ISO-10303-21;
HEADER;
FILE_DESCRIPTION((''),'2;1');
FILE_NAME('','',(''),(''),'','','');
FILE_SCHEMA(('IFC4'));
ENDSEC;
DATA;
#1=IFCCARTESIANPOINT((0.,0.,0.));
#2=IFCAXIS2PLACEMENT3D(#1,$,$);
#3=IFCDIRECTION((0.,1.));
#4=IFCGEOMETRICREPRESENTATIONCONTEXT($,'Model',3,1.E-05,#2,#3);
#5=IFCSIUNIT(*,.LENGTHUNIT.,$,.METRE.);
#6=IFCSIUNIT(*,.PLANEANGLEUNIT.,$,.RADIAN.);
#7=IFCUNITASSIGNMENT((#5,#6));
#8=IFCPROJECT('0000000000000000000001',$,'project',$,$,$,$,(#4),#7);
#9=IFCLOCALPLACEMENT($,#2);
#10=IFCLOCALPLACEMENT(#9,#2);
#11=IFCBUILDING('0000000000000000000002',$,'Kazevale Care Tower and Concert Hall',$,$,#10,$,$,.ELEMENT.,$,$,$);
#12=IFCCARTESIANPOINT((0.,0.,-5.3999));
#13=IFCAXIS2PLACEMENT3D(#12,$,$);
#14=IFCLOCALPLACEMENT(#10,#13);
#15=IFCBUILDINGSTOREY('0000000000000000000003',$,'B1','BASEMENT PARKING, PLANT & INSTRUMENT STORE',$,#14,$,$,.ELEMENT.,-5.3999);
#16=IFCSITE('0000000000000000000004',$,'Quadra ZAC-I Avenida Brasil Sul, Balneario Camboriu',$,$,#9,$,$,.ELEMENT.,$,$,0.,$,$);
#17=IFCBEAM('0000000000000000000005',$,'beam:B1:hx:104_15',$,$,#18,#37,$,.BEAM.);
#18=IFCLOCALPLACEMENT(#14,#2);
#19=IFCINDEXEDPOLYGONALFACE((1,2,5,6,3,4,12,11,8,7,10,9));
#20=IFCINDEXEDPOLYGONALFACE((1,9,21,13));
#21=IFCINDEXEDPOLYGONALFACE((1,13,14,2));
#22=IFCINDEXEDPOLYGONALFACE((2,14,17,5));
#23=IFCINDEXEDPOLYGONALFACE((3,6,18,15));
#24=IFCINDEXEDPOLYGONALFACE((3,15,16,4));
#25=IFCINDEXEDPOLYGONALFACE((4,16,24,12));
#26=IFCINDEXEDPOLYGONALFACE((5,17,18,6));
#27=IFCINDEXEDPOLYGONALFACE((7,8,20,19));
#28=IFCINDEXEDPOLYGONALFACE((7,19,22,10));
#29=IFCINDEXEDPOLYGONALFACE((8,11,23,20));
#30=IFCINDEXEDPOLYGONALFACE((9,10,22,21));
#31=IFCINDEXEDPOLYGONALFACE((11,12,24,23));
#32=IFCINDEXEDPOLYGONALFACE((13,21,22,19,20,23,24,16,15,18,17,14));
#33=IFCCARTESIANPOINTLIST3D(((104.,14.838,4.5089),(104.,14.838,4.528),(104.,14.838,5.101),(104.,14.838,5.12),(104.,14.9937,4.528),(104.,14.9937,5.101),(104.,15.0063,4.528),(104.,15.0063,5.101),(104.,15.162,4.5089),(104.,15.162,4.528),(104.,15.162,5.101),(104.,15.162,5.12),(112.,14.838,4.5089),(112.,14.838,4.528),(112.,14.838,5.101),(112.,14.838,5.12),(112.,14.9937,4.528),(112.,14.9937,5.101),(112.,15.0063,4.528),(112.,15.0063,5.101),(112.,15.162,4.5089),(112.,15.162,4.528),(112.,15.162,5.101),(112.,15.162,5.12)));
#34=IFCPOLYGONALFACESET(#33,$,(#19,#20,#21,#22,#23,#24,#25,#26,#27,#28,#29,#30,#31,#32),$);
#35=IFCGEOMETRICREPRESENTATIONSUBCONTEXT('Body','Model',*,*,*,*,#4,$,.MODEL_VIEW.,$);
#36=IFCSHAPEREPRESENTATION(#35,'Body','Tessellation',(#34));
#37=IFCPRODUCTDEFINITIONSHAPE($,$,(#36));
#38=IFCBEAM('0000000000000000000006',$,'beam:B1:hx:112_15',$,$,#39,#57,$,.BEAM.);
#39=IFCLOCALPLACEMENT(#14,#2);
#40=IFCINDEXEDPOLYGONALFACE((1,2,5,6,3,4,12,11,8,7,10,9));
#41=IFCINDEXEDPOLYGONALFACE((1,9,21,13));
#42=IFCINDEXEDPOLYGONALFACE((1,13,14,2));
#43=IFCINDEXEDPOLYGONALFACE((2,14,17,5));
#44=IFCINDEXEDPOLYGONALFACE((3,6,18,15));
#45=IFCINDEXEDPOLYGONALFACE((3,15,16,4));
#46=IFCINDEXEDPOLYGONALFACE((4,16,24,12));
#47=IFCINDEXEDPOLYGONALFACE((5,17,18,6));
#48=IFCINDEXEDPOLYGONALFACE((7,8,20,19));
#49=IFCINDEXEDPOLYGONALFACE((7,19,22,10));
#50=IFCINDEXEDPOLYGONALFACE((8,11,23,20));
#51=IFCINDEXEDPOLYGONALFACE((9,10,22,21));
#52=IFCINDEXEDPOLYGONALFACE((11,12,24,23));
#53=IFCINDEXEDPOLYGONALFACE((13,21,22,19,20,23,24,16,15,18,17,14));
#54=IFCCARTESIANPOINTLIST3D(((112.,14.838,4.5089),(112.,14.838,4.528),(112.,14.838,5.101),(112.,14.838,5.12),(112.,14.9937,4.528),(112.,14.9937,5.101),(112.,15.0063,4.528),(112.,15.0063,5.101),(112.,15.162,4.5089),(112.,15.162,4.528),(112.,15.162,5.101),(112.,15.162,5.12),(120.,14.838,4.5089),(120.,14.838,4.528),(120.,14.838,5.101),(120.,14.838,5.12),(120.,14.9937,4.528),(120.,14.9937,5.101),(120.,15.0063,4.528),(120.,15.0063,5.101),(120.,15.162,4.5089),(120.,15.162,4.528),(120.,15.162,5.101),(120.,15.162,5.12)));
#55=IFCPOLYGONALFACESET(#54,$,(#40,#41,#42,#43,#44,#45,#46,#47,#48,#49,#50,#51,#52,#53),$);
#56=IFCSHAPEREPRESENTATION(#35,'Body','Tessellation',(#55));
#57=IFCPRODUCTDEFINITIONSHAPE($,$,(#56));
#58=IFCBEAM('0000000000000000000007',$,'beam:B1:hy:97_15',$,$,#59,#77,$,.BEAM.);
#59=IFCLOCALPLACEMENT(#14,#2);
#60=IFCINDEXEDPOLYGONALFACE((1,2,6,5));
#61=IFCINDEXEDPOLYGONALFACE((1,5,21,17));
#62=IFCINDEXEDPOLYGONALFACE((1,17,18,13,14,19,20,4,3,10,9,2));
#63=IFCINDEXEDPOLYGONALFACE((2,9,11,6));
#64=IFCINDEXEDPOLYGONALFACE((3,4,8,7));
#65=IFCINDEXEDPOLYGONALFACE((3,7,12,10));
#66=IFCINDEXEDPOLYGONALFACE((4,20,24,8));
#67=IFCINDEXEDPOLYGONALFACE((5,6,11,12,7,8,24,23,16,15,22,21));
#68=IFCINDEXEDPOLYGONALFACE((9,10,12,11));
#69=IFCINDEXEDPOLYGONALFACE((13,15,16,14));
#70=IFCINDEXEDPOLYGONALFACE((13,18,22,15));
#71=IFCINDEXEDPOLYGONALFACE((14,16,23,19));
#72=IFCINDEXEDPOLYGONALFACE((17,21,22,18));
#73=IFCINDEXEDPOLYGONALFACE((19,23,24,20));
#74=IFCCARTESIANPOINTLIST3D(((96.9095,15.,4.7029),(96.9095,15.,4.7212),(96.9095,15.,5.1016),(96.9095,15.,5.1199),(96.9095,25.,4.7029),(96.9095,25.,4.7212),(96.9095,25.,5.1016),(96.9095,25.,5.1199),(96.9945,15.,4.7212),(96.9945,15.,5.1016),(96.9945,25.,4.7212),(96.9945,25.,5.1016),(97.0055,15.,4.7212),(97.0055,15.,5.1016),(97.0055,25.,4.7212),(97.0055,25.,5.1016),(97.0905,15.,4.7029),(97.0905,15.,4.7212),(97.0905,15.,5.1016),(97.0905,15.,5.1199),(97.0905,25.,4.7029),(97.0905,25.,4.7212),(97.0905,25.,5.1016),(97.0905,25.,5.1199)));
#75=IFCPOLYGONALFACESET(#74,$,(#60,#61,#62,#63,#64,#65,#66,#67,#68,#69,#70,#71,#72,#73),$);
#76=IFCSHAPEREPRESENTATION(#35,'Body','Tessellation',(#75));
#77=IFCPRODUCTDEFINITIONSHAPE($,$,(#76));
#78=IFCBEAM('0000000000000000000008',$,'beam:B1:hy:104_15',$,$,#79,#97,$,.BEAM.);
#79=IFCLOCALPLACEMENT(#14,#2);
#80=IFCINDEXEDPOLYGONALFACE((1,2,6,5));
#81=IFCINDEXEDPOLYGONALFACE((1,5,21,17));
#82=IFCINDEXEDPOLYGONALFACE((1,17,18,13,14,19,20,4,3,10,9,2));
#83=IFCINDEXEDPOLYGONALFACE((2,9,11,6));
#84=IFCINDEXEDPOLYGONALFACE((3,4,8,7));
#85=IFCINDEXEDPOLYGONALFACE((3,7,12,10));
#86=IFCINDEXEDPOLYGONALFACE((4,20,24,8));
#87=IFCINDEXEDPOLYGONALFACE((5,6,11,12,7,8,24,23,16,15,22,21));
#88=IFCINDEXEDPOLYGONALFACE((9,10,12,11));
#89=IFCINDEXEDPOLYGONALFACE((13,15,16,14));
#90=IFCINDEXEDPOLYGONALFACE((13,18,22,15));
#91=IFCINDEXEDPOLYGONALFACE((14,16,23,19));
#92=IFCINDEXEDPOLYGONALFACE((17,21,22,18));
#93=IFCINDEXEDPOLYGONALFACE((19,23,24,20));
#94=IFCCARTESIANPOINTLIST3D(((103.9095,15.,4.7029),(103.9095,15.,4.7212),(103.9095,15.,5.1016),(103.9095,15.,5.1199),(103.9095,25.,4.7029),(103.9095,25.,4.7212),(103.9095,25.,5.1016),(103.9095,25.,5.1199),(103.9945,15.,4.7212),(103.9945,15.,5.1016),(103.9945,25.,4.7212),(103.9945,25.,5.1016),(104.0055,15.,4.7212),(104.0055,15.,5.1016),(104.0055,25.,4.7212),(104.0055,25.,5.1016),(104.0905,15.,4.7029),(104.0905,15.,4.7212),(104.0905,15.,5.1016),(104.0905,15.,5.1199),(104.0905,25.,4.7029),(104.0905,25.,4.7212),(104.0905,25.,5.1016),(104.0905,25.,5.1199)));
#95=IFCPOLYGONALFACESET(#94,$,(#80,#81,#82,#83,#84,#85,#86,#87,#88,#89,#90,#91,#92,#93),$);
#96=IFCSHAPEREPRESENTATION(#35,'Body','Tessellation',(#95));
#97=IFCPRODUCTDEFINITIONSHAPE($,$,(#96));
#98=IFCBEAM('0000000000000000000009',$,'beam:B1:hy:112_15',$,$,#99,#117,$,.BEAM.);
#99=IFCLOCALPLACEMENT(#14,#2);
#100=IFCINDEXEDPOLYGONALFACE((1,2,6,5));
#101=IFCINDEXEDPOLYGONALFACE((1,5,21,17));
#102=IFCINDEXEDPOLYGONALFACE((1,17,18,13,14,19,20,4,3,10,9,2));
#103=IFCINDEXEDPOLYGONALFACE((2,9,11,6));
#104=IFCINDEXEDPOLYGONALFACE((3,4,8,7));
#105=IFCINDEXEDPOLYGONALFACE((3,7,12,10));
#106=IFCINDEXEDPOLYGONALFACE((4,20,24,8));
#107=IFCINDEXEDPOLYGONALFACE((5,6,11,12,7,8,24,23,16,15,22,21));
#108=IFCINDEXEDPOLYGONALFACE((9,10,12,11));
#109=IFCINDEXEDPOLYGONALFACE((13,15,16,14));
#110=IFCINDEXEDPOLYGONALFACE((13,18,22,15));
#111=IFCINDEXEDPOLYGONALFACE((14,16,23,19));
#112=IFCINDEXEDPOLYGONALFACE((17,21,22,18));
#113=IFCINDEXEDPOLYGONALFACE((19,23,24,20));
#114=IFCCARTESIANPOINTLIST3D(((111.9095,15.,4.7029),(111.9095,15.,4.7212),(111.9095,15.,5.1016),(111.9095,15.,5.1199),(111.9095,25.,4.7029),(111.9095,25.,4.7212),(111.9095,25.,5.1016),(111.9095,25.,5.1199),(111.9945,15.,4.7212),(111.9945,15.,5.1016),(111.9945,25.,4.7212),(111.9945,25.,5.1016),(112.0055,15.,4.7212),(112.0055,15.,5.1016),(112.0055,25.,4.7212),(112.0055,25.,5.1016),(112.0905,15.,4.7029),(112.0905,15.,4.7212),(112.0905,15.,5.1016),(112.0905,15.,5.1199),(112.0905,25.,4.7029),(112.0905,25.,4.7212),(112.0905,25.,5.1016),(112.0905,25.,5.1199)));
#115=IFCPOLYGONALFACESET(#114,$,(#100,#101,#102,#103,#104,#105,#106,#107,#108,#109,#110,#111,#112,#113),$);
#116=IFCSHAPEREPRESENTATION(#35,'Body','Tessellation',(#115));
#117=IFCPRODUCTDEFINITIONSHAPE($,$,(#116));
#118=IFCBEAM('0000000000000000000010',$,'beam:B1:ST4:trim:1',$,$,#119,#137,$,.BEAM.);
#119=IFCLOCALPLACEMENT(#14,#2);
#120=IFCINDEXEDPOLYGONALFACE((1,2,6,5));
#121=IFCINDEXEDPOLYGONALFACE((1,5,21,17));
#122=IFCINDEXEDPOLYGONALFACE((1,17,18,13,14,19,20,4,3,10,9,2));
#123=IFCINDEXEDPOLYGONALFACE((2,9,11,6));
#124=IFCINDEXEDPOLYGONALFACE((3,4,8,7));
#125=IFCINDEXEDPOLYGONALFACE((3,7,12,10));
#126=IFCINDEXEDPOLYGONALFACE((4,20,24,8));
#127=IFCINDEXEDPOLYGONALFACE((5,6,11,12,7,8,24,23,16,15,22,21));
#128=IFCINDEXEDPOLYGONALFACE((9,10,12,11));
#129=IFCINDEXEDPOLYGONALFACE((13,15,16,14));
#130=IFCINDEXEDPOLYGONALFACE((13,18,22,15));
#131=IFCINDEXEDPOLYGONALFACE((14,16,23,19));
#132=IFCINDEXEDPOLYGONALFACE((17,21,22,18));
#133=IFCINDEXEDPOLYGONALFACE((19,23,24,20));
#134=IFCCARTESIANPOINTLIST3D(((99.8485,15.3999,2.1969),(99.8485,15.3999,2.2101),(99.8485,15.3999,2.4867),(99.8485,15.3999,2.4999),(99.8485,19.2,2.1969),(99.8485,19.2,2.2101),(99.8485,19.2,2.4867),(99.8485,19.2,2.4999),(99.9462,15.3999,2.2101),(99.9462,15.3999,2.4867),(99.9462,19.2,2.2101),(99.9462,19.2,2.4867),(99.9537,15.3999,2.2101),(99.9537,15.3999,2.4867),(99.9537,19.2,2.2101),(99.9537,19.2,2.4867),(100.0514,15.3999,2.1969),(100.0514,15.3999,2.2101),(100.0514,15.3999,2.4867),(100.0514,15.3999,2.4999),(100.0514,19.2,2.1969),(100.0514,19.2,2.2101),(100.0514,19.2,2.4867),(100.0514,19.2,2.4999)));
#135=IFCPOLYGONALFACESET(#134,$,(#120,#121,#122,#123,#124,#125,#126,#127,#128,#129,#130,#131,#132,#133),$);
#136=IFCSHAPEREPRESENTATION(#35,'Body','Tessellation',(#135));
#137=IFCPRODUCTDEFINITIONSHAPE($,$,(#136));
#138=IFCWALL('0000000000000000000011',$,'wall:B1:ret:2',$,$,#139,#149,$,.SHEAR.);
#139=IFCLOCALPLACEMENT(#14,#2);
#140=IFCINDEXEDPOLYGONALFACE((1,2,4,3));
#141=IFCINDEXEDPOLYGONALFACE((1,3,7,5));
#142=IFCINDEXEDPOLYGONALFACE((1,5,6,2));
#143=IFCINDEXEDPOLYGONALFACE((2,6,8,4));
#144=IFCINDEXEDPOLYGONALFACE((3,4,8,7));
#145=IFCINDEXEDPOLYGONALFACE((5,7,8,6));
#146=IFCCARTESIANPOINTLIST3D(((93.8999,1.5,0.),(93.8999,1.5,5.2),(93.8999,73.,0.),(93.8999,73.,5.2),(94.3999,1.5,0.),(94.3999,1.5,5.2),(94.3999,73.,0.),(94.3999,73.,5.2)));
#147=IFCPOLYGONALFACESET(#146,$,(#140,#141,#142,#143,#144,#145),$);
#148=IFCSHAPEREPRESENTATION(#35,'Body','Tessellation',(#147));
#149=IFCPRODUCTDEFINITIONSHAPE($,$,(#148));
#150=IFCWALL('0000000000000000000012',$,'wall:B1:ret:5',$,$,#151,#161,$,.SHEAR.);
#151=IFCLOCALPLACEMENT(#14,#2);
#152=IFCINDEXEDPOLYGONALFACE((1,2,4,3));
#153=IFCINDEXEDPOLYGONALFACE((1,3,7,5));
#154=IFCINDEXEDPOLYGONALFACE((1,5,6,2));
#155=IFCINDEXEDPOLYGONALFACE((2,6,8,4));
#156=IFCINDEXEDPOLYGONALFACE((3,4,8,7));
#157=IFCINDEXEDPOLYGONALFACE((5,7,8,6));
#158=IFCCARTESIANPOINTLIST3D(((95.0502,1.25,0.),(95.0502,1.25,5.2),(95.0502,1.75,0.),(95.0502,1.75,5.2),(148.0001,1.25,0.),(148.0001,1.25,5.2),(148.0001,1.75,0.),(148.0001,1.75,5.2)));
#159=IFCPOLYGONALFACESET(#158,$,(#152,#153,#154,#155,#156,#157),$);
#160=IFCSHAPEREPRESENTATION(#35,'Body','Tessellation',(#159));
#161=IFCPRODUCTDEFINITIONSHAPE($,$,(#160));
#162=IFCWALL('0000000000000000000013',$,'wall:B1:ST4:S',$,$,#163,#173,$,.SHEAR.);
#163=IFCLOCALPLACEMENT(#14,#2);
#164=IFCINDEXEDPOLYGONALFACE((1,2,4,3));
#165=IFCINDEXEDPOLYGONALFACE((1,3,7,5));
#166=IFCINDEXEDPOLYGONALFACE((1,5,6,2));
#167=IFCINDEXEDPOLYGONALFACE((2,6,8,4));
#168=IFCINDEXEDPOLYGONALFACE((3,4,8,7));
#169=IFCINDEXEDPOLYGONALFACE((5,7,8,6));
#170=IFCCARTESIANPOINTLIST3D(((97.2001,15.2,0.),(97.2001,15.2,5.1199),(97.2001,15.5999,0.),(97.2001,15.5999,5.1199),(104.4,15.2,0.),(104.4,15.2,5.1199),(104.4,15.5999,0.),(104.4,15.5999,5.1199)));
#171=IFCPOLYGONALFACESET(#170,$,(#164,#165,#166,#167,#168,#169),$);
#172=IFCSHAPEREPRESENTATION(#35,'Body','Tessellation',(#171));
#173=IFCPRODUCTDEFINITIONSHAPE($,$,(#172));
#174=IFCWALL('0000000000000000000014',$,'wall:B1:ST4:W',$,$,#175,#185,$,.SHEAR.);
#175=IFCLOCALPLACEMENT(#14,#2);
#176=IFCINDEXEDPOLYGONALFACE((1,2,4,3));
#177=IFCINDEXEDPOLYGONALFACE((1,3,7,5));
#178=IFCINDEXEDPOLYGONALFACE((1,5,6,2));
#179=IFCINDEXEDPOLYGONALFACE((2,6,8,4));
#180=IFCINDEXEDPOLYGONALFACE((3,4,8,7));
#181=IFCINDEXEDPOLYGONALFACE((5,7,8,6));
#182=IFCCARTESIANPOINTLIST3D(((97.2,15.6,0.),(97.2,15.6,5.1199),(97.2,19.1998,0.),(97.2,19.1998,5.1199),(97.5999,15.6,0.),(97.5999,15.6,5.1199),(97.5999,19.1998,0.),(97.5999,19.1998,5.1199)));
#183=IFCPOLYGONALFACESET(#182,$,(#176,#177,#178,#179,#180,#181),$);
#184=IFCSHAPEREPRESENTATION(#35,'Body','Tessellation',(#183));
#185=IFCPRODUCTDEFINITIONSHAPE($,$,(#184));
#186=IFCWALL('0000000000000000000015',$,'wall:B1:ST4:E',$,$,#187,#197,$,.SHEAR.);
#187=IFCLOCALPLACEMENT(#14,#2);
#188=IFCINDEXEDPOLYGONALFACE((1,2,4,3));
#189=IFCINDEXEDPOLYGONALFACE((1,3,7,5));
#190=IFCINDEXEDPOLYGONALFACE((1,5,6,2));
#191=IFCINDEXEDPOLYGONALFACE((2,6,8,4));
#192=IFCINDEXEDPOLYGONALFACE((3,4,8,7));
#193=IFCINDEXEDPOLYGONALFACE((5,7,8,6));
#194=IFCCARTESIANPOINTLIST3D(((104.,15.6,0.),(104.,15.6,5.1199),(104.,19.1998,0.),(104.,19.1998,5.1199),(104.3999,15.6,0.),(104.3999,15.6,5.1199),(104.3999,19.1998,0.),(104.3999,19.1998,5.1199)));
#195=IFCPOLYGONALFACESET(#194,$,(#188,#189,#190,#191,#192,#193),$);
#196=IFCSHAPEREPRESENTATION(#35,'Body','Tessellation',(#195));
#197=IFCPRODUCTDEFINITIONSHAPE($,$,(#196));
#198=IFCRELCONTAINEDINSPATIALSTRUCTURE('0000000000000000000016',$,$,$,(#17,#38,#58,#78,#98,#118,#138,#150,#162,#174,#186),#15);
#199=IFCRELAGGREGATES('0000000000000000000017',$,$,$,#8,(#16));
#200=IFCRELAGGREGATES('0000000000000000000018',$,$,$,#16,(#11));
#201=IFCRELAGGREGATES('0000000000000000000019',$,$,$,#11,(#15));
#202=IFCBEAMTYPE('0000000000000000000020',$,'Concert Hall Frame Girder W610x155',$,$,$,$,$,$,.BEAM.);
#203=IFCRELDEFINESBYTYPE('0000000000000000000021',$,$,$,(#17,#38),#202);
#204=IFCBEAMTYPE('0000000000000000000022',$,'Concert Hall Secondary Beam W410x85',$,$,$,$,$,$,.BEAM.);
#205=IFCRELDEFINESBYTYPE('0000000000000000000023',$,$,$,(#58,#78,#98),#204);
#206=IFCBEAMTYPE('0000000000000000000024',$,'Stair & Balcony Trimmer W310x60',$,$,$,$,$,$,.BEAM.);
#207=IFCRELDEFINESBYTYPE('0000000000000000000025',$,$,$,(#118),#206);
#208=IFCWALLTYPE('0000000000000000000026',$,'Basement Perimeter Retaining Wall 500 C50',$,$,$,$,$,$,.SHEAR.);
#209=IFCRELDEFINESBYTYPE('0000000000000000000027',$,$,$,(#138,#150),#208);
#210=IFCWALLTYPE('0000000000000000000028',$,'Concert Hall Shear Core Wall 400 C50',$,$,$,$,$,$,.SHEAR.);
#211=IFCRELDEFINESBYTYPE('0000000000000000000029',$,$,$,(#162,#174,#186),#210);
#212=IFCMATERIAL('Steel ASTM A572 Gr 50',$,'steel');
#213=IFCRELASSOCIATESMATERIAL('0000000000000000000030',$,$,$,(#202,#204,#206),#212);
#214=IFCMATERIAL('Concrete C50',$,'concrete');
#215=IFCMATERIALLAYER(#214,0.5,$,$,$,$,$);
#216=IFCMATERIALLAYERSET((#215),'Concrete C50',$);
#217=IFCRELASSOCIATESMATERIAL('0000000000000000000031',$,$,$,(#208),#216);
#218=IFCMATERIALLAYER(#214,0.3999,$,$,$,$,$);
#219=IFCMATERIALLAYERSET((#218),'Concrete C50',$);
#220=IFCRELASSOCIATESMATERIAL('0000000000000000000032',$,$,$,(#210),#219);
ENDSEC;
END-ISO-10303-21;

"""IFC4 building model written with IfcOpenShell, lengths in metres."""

from ifc_helpers import new_model, si_unit, direction, frame, frame_2d, origin, origin_2d, place, context, subcontext, project, spatial, rectangle, i_section, extrude, material, layer, layer_set, material_profile, profile_set, type_object, element, save


model = new_model("IFC4")

# Units and contexts
model_context = context("Model", 3, precision=1e-05, world=origin(), true_north=direction((0.0, 1.0)))
body_context = subcontext(model_context, "Body", "Model", "MODEL_VIEW")
ifc_project = project(units=[si_unit("LENGTHUNIT", "METRE"), si_unit("PLANEANGLEUNIT", "RADIAN")], contexts=[model_context])

# Site, building, storey
site_placement = place(None, origin())
site = spatial("IfcSite", under=ifc_project, at=site_placement, Name="Quadra ZAC-I Avenida Brasil Sul, Balneario Camboriu", CompositionType="ELEMENT", RefElevation=0.0)
building_placement = place(site_placement, origin())
building = spatial("IfcBuilding", under=site, at=building_placement, Name="Kazevale Care Tower and Concert Hall", CompositionType="ELEMENT")
storey_placement = place(building_placement, frame((0.0, 0.0, -5.3999)))
storey = spatial("IfcBuildingStorey", under=building, at=storey_placement, Name="B1", Description="BASEMENT PARKING, PLANT & INSTRUMENT STORE", CompositionType="ELEMENT", Elevation=-5.3999)

# Shared definitions
ifc_material_1 = material(Name="Concrete C50", Category="concrete")

# Beams
ifc_material_2 = material(Name="Steel ASTM A572 Gr 50", Category="steel")
ifc_material_profile_1 = material_profile(ifc_material_2, i_section(OverallWidth=0.324, OverallDepth=0.6111, WebThickness=0.0127, FlangeThickness=0.019, at=origin_2d()), Name="W610x155")
ifc_profile_set_1 = profile_set([ifc_material_profile_1], Name="Steel ASTM A572 Gr 50")
beam_type_1 = type_object("IfcBeamType", Name="Concert Hall Frame Girder W610x155", PredefinedType="BEAM", material=ifc_profile_set_1)
for number, where, z_axis, x_axis, name in (
    (1, (104.0, 15.0, 4.8145), (1.0, 0.0, 0.0), (0.0, 1.0, 0.0), "beam:B1:hx:104_15"),
    (2, (112.0, 15.0, 4.8145), (1.0, 0.0, 0.0), (0.0, 1.0, 0.0), "beam:B1:hx:112_15"),
):
    element("IfcBeam", number, at=place(storey_placement, frame(where, z_axis=z_axis, x_axis=x_axis)), inside=storey, type_object=beam_type_1, Name=name, PredefinedType="BEAM", context=body_context, shape_type="SweptSolid", body=[
        extrude(i_section(OverallWidth=0.324, OverallDepth=0.6111, WebThickness=0.0127, FlangeThickness=0.019, at=origin_2d()), origin(), (0.0, 0.0, 1.0), 8.0),
    ])
ifc_material_profile_2 = material_profile(ifc_material_2, i_section(OverallWidth=0.1809, OverallDepth=0.417, WebThickness=0.011, FlangeThickness=0.0183, at=origin_2d()), Name="W410x85")
ifc_profile_set_2 = profile_set([ifc_material_profile_2], Name="Steel ASTM A572 Gr 50")
beam_type_2 = type_object("IfcBeamType", Name="Concert Hall Secondary Beam W410x85", PredefinedType="BEAM", material=ifc_profile_set_2)
for number, where, z_axis, x_axis, name in (
    (3, (97.0, 15.0, 4.9114), (0.0, 1.0, 0.0), (-1.0, 0.0, 0.0), "beam:B1:hy:97_15"),
    (4, (104.0, 15.0, 4.9114), (0.0, 1.0, 0.0), (-1.0, 0.0, 0.0), "beam:B1:hy:104_15"),
    (5, (112.0, 15.0, 4.9114), (0.0, 1.0, 0.0), (-1.0, 0.0, 0.0), "beam:B1:hy:112_15"),
):
    element("IfcBeam", number, at=place(storey_placement, frame(where, z_axis=z_axis, x_axis=x_axis)), inside=storey, type_object=beam_type_2, Name=name, PredefinedType="BEAM", context=body_context, shape_type="SweptSolid", body=[
        extrude(i_section(OverallWidth=0.1809, OverallDepth=0.417, WebThickness=0.011, FlangeThickness=0.0183, at=origin_2d()), origin(), (0.0, 0.0, 1.0), 10.0),
    ])
ifc_material_profile_3 = material_profile(ifc_material_2, i_section(OverallWidth=0.2029, OverallDepth=0.303, WebThickness=0.0076, FlangeThickness=0.0132, at=origin_2d()), Name="W310x60")
ifc_profile_set_3 = profile_set([ifc_material_profile_3], Name="Steel ASTM A572 Gr 50")
beam_type_3 = type_object("IfcBeamType", Name="Stair & Balcony Trimmer W310x60", PredefinedType="BEAM", material=ifc_profile_set_3)
beam_1_placement = place(storey_placement, frame((99.95, 15.3999, 2.3484), z_axis=(0.0, 1.0, 0.0), x_axis=(-1.0, 0.0, 0.0)))
element("IfcBeam", 6, at=beam_1_placement, inside=storey, type_object=beam_type_3, Name="beam:B1:ST4:trim:1", PredefinedType="BEAM", context=body_context, shape_type="SweptSolid", body=[
    extrude(i_section(OverallWidth=0.2029, OverallDepth=0.303, WebThickness=0.0076, FlangeThickness=0.0132, at=origin_2d()), origin(), (0.0, 0.0, 1.0), 3.8),
])

# Walls
ifc_layer_1 = layer(ifc_material_1, 0.5)
ifc_layer_set_1 = layer_set([ifc_layer_1], Name="Concrete C50")
wall_type_1 = type_object("IfcWallType", Name="Basement Perimeter Retaining Wall 500 C50", PredefinedType="SHEAR", material=ifc_layer_set_1)
wall_1_placement = place(storey_placement, frame((94.1499, 1.5, 0.0), z_axis=(0.0, 0.0, 1.0), x_axis=(0.0, 1.0, 0.0)))
element("IfcWall", 7, at=wall_1_placement, inside=storey, type_object=wall_type_1, Name="wall:B1:ret:2", PredefinedType="SHEAR", context=body_context, shape_type="SweptSolid", body=[
    extrude(rectangle(XDim=71.5, YDim=0.5, at=frame_2d((35.75, 0.0))), origin(), (0.0, 0.0, 1.0), 5.2),
])
wall_2_placement = place(storey_placement, frame((95.05, 1.5, 0.0), z_axis=(0.0, 0.0, 1.0), x_axis=(1.0, 0.0, 0.0)))
element("IfcWall", 8, at=wall_2_placement, inside=storey, type_object=wall_type_1, Name="wall:B1:ret:5", PredefinedType="SHEAR", context=body_context, shape_type="SweptSolid", body=[
    extrude(rectangle(XDim=52.95, YDim=0.5, at=frame_2d((26.4751, 0.0))), origin(), (0.0, 0.0, 1.0), 5.2),
])
ifc_layer_2 = layer(ifc_material_1, 0.3999)
ifc_layer_set_2 = layer_set([ifc_layer_2], Name="Concrete C50")
wall_type_2 = type_object("IfcWallType", Name="Concert Hall Shear Core Wall 400 C50", PredefinedType="SHEAR", material=ifc_layer_set_2)
wall_3_placement = place(storey_placement, frame((97.2, 15.3999, 0.0), z_axis=(0.0, 0.0, 1.0), x_axis=(1.0, 0.0, 0.0)))
element("IfcWall", 9, at=wall_3_placement, inside=storey, type_object=wall_type_2, Name="wall:B1:ST4:S", PredefinedType="SHEAR", context=body_context, shape_type="SweptSolid", body=[
    extrude(rectangle(XDim=7.2, YDim=0.3999, at=frame_2d((3.6001, 0.0))), origin(), (0.0, 0.0, 1.0), 5.1199),
])
for number, where, z_axis, x_axis, name in (
    (10, (97.3999, 15.6001, 0.0), (0.0, 0.0, 1.0), (0.0, 1.0, 0.0), "wall:B1:ST4:W"),
    (11, (104.2, 15.6001, 0.0), (0.0, 0.0, 1.0), (0.0, 1.0, 0.0), "wall:B1:ST4:E"),
):
    element("IfcWall", number, at=place(storey_placement, frame(where, z_axis=z_axis, x_axis=x_axis)), inside=storey, type_object=wall_type_2, Name=name, PredefinedType="SHEAR", context=body_context, shape_type="SweptSolid", body=[
        extrude(rectangle(XDim=3.5999, YDim=0.3999, at=frame_2d((1.7998, 0.0))), origin(), (0.0, 0.0, 1.0), 5.1199),
    ])

save(model, "model.ifc")
